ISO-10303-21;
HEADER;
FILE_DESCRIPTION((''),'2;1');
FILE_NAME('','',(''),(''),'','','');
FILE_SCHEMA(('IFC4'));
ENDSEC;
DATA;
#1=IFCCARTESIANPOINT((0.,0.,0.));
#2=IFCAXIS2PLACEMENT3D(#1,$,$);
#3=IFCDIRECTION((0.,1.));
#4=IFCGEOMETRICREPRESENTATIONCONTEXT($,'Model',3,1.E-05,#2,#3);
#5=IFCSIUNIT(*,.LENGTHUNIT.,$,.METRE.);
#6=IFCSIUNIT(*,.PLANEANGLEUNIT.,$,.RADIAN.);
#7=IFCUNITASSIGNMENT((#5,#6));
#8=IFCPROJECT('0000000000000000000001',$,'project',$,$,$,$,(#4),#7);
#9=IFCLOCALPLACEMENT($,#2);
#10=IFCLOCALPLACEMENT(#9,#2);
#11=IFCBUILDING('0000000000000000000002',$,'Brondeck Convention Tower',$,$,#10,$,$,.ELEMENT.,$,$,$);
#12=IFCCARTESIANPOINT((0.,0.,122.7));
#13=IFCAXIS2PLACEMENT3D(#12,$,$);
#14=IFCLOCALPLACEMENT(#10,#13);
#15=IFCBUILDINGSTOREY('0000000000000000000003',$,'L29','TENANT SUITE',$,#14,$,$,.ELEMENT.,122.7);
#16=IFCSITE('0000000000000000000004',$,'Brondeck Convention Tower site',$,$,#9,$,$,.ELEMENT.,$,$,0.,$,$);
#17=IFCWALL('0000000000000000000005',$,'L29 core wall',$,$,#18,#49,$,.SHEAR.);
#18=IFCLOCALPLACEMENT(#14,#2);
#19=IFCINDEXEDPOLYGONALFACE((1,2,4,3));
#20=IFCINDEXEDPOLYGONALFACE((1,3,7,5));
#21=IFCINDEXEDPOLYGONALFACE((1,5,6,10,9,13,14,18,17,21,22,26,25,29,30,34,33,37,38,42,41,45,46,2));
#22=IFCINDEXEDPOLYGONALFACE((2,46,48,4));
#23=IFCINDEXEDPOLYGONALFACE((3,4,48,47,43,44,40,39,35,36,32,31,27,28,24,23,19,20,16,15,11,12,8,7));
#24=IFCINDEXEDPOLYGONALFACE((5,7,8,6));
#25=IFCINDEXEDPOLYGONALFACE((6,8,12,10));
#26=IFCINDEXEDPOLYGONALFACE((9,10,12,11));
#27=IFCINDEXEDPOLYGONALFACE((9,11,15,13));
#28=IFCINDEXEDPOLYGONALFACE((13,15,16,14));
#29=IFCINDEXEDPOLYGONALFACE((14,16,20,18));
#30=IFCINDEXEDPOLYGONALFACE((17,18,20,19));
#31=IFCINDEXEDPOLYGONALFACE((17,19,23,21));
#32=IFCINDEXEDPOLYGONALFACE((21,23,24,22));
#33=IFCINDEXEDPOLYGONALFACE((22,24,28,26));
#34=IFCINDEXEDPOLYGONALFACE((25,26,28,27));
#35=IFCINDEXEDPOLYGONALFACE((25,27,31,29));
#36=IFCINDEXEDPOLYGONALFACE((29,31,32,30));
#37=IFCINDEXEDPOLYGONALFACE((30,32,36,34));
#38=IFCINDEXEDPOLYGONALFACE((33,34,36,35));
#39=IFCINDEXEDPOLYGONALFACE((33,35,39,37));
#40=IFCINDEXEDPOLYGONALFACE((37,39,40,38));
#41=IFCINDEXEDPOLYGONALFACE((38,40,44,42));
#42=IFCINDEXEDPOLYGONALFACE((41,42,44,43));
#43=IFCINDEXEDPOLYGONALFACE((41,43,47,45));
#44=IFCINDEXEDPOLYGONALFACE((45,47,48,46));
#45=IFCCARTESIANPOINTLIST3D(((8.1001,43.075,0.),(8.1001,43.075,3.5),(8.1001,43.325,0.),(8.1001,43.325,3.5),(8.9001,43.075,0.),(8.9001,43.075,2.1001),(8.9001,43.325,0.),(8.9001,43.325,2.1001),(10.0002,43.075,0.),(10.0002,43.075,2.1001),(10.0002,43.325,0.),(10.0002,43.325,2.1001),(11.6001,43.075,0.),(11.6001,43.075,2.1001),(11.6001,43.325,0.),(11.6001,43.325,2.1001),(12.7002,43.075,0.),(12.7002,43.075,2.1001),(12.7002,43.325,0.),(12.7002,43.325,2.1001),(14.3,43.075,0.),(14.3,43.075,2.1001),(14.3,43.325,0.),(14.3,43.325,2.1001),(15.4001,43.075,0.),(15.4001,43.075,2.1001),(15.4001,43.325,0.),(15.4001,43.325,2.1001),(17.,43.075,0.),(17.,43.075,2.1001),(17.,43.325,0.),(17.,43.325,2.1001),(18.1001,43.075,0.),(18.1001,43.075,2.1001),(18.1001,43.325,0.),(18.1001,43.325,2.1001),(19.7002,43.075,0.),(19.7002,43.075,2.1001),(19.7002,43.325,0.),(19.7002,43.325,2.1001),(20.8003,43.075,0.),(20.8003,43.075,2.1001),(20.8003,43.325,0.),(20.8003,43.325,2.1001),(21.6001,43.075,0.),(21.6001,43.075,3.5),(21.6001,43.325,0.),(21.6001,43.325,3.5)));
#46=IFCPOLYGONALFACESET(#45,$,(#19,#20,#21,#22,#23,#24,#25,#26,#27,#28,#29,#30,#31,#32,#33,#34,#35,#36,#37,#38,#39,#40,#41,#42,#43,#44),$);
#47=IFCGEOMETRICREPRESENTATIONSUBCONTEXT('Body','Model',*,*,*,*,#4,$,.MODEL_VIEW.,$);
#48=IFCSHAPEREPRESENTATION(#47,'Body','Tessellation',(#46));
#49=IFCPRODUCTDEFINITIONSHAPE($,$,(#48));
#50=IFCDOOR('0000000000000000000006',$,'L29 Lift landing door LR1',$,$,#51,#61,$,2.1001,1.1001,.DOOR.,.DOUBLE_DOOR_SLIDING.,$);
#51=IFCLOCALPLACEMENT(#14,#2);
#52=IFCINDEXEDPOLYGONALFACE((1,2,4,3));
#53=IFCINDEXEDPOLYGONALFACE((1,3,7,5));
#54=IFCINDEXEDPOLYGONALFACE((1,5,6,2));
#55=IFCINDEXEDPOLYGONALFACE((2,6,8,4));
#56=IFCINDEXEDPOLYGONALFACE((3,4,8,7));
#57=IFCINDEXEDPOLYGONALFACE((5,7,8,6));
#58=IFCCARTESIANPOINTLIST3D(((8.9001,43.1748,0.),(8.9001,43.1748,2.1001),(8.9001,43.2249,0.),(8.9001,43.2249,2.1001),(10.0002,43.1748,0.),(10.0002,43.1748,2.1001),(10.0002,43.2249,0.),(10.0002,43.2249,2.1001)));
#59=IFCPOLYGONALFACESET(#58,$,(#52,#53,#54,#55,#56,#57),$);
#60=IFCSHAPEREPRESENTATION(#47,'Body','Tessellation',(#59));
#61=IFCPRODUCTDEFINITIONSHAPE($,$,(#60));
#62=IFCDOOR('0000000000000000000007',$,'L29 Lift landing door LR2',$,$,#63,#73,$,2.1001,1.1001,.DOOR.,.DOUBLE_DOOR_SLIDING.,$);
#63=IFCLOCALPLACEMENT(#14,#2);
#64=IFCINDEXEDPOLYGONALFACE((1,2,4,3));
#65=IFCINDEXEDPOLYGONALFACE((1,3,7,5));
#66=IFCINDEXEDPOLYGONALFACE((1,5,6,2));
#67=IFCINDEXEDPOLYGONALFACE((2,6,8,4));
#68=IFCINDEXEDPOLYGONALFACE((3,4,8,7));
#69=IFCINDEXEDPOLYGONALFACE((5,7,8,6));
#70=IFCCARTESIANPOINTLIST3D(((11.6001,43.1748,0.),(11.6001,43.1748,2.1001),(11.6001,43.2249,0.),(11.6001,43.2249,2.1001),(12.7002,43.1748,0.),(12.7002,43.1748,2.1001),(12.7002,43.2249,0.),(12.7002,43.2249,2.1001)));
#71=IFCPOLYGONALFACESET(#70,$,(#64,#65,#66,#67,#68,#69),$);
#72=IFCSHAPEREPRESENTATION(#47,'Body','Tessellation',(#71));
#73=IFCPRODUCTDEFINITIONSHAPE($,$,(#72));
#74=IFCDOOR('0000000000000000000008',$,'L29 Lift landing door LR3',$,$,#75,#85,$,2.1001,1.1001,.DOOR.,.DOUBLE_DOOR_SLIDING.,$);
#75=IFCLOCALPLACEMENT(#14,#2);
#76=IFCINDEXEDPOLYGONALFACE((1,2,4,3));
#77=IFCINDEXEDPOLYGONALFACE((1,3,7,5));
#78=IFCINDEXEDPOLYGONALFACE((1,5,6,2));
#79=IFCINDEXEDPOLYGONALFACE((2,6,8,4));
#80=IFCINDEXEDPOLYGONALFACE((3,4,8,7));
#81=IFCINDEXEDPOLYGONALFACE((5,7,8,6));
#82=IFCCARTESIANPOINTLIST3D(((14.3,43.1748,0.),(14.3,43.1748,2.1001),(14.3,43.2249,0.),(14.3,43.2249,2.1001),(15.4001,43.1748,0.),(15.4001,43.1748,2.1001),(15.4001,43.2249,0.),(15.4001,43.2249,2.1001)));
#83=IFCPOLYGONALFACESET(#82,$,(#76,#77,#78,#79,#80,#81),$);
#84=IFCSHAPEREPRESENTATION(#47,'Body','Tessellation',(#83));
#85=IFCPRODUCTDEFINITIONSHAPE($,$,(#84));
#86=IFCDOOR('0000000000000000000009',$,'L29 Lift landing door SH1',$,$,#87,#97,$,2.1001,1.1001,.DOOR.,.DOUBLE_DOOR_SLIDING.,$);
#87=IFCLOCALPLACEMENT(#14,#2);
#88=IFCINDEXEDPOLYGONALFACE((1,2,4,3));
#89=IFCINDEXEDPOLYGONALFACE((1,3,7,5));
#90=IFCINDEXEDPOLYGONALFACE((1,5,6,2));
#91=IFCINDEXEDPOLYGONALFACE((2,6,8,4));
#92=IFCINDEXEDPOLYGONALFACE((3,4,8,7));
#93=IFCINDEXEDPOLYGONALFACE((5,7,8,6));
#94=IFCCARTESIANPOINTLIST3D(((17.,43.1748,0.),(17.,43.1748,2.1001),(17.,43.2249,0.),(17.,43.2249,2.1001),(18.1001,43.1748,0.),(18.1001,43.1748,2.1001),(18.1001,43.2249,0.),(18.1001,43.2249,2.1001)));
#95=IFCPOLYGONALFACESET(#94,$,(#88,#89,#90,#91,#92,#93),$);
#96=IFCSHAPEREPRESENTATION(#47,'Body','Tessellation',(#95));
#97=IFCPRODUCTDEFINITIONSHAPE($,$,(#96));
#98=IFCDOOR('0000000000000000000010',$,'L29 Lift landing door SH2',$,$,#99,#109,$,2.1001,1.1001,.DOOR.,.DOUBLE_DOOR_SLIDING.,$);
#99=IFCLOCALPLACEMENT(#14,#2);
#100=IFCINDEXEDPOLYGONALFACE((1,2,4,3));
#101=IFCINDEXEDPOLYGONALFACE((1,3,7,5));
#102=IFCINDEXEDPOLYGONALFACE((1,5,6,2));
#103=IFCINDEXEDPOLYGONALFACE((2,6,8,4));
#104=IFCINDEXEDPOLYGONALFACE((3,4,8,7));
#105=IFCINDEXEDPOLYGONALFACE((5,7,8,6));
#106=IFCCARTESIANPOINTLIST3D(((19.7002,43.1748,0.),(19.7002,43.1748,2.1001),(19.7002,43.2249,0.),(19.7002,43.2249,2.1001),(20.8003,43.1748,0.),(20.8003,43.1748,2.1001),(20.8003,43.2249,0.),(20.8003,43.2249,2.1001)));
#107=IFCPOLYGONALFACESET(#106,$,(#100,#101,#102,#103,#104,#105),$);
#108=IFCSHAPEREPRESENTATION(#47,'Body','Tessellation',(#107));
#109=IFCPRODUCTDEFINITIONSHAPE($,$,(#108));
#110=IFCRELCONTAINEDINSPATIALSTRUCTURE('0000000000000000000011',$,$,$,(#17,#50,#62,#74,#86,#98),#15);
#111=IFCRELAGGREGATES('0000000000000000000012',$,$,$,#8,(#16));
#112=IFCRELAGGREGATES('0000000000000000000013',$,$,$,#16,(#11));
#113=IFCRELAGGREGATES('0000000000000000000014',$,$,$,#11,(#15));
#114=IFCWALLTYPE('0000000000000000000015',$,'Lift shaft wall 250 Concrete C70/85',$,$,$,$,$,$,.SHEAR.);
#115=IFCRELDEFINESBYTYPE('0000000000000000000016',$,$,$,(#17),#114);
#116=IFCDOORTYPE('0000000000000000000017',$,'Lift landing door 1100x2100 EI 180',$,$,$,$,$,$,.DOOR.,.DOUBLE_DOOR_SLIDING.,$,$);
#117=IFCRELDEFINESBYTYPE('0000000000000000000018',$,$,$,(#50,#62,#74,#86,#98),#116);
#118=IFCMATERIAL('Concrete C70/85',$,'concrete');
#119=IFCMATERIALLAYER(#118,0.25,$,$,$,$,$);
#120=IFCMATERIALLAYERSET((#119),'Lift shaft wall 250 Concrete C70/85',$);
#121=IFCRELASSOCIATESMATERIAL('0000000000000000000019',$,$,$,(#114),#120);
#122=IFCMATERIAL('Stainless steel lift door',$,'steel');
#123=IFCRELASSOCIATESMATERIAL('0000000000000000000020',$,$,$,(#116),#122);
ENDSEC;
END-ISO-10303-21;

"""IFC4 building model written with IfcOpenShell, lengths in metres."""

from ifc_helpers import new_model, si_unit, direction, frame, frame_2d, origin, place, context, subcontext, project, spatial, rectangle, extrude, material, layer, layer_set, type_object, element, fill, save


model = new_model("IFC4")

# Units and contexts
model_context = context("Model", 3, precision=1e-05, world=origin(), true_north=direction((0.0, 1.0)))
body_context = subcontext(model_context, "Body", "Model", "MODEL_VIEW")
ifc_project = project(units=[si_unit("LENGTHUNIT", "METRE"), si_unit("PLANEANGLEUNIT", "RADIAN")], contexts=[model_context])

# Site, building, storey
site_placement = place(None, origin())
site = spatial("IfcSite", under=ifc_project, at=site_placement, Name="Brondeck Convention Tower site", CompositionType="ELEMENT", RefElevation=0.0)
building_placement = place(site_placement, origin())
building = spatial("IfcBuilding", under=site, at=building_placement, Name="Brondeck Convention Tower", CompositionType="ELEMENT")
storey_placement = place(building_placement, frame((0.0, 0.0, 122.7)))
storey = spatial("IfcBuildingStorey", under=building, at=storey_placement, Name="L29", Description="TENANT SUITE", CompositionType="ELEMENT", Elevation=122.7)

# Wall, openings, doors
ifc_material_1 = material(Name="Concrete C70/85", Category="concrete")
ifc_layer_1 = layer(ifc_material_1, 0.25)
ifc_layer_set_1 = layer_set([ifc_layer_1], Name="Lift shaft wall 250 Concrete C70/85")
wall_type_1 = type_object("IfcWallType", Name="Lift shaft wall 250 Concrete C70/85", PredefinedType="SHEAR", material=ifc_layer_set_1)
wall_1_placement = place(storey_placement, frame((8.1001, 43.2, 0.0), z_axis=(0.0, 0.0, 1.0), x_axis=(1.0, 0.0, 0.0)))
wall_1 = element("IfcWall", 1, at=wall_1_placement, inside=storey, type_object=wall_type_1, Name="L29 core wall", PredefinedType="SHEAR", context=body_context, shape_type="SweptSolid", body=[
    extrude(rectangle(XDim=13.5, YDim=0.25, at=frame_2d((6.75, 0.0))), origin(), (0.0, 0.0, 1.0), 3.5),
])
opening_1_placement = place(wall_1_placement, frame((0.8, 0.0, 0.0)))
opening_1 = element("IfcOpeningElement", 2, at=opening_1_placement, cuts=wall_1, PredefinedType="OPENING", context=body_context, shape_type="SweptSolid", body=[
    extrude(rectangle(XDim=1.1001, YDim=2.1001, at=frame_2d((0.55, 1.05))), frame((0.0, 0.135, 0.0), z_axis=(0.0, -1.0, 0.0), x_axis=(1.0, 0.0, 0.0)), (0.0, 0.0, 1.0), 0.27),
])
opening_2_placement = place(wall_1_placement, frame((3.5, 0.0, 0.0)))
opening_2 = element("IfcOpeningElement", 3, at=opening_2_placement, cuts=wall_1, PredefinedType="OPENING", context=body_context, shape_type="SweptSolid", body=[
    extrude(rectangle(XDim=1.1001, YDim=2.1001, at=frame_2d((0.55, 1.05))), frame((0.0, 0.135, 0.0), z_axis=(0.0, -1.0, 0.0), x_axis=(1.0, 0.0, 0.0)), (0.0, 0.0, 1.0), 0.27),
])
opening_3_placement = place(wall_1_placement, frame((6.2, 0.0, 0.0)))
opening_3 = element("IfcOpeningElement", 4, at=opening_3_placement, cuts=wall_1, PredefinedType="OPENING", context=body_context, shape_type="SweptSolid", body=[
    extrude(rectangle(XDim=1.1001, YDim=2.1001, at=frame_2d((0.55, 1.05))), frame((0.0, 0.135, 0.0), z_axis=(0.0, -1.0, 0.0), x_axis=(1.0, 0.0, 0.0)), (0.0, 0.0, 1.0), 0.27),
])
opening_4_placement = place(wall_1_placement, frame((8.8999, 0.0, 0.0)))
opening_4 = element("IfcOpeningElement", 5, at=opening_4_placement, cuts=wall_1, PredefinedType="OPENING", context=body_context, shape_type="SweptSolid", body=[
    extrude(rectangle(XDim=1.1001, YDim=2.1001, at=frame_2d((0.55, 1.05))), frame((0.0, 0.135, 0.0), z_axis=(0.0, -1.0, 0.0), x_axis=(1.0, 0.0, 0.0)), (0.0, 0.0, 1.0), 0.27),
])
opening_5_placement = place(wall_1_placement, frame((11.6001, 0.0, 0.0)))
opening_5 = element("IfcOpeningElement", 6, at=opening_5_placement, cuts=wall_1, PredefinedType="OPENING", context=body_context, shape_type="SweptSolid", body=[
    extrude(rectangle(XDim=1.1001, YDim=2.1001, at=frame_2d((0.55, 1.05))), frame((0.0, 0.135, 0.0), z_axis=(0.0, -1.0, 0.0), x_axis=(1.0, 0.0, 0.0)), (0.0, 0.0, 1.0), 0.27),
])
ifc_material_2 = material(Name="Stainless steel lift door", Category="steel")
door_type_1 = type_object("IfcDoorType", Name="Lift landing door 1100x2100 EI 180", OperationType="DOUBLE_DOOR_SLIDING", PredefinedType="DOOR", material=ifc_material_2)
door_1_placement = place(opening_1_placement, origin())
door_1 = element("IfcDoor", 7, at=door_1_placement, inside=storey, type_object=door_type_1, Name="L29 Lift landing door LR1", OperationType="DOUBLE_DOOR_SLIDING", OverallHeight=2.1001, OverallWidth=1.1001, PredefinedType="DOOR", context=body_context, shape_type="SweptSolid", body=[
    extrude(rectangle(XDim=1.1001, YDim=2.1001, at=frame_2d((0.55, 1.05))), frame((0.0, 0.0249, 0.0), z_axis=(0.0, -1.0, 0.0), x_axis=(1.0, 0.0, 0.0)), (0.0, 0.0, 1.0), 0.05),
])
fill(opening_1, door_1)
door_2_placement = place(opening_2_placement, origin())
door_2 = element("IfcDoor", 8, at=door_2_placement, inside=storey, type_object=door_type_1, Name="L29 Lift landing door LR2", OperationType="DOUBLE_DOOR_SLIDING", OverallHeight=2.1001, OverallWidth=1.1001, PredefinedType="DOOR", context=body_context, shape_type="SweptSolid", body=[
    extrude(rectangle(XDim=1.1001, YDim=2.1001, at=frame_2d((0.55, 1.05))), frame((0.0, 0.0249, 0.0), z_axis=(0.0, -1.0, 0.0), x_axis=(1.0, 0.0, 0.0)), (0.0, 0.0, 1.0), 0.05),
])
fill(opening_2, door_2)
door_3_placement = place(opening_3_placement, origin())
door_3 = element("IfcDoor", 9, at=door_3_placement, inside=storey, type_object=door_type_1, Name="L29 Lift landing door LR3", OperationType="DOUBLE_DOOR_SLIDING", OverallHeight=2.1001, OverallWidth=1.1001, PredefinedType="DOOR", context=body_context, shape_type="SweptSolid", body=[
    extrude(rectangle(XDim=1.1001, YDim=2.1001, at=frame_2d((0.55, 1.05))), frame((0.0, 0.0249, 0.0), z_axis=(0.0, -1.0, 0.0), x_axis=(1.0, 0.0, 0.0)), (0.0, 0.0, 1.0), 0.05),
])
fill(opening_3, door_3)
door_4_placement = place(opening_4_placement, origin())
door_4 = element("IfcDoor", 10, at=door_4_placement, inside=storey, type_object=door_type_1, Name="L29 Lift landing door SH1", OperationType="DOUBLE_DOOR_SLIDING", OverallHeight=2.1001, OverallWidth=1.1001, PredefinedType="DOOR", context=body_context, shape_type="SweptSolid", body=[
    extrude(rectangle(XDim=1.1001, YDim=2.1001, at=frame_2d((0.55, 1.05))), frame((0.0, 0.0249, 0.0), z_axis=(0.0, -1.0, 0.0), x_axis=(1.0, 0.0, 0.0)), (0.0, 0.0, 1.0), 0.05),
])
fill(opening_4, door_4)
door_5_placement = place(opening_5_placement, origin())
door_5 = element("IfcDoor", 11, at=door_5_placement, inside=storey, type_object=door_type_1, Name="L29 Lift landing door SH2", OperationType="DOUBLE_DOOR_SLIDING", OverallHeight=2.1001, OverallWidth=1.1001, PredefinedType="DOOR", context=body_context, shape_type="SweptSolid", body=[
    extrude(rectangle(XDim=1.1001, YDim=2.1001, at=frame_2d((0.55, 1.05))), frame((0.0, 0.0249, 0.0), z_axis=(0.0, -1.0, 0.0), x_axis=(1.0, 0.0, 0.0)), (0.0, 0.0, 1.0), 0.05),
])
fill(opening_5, door_5)

save(model, "model.ifc")
